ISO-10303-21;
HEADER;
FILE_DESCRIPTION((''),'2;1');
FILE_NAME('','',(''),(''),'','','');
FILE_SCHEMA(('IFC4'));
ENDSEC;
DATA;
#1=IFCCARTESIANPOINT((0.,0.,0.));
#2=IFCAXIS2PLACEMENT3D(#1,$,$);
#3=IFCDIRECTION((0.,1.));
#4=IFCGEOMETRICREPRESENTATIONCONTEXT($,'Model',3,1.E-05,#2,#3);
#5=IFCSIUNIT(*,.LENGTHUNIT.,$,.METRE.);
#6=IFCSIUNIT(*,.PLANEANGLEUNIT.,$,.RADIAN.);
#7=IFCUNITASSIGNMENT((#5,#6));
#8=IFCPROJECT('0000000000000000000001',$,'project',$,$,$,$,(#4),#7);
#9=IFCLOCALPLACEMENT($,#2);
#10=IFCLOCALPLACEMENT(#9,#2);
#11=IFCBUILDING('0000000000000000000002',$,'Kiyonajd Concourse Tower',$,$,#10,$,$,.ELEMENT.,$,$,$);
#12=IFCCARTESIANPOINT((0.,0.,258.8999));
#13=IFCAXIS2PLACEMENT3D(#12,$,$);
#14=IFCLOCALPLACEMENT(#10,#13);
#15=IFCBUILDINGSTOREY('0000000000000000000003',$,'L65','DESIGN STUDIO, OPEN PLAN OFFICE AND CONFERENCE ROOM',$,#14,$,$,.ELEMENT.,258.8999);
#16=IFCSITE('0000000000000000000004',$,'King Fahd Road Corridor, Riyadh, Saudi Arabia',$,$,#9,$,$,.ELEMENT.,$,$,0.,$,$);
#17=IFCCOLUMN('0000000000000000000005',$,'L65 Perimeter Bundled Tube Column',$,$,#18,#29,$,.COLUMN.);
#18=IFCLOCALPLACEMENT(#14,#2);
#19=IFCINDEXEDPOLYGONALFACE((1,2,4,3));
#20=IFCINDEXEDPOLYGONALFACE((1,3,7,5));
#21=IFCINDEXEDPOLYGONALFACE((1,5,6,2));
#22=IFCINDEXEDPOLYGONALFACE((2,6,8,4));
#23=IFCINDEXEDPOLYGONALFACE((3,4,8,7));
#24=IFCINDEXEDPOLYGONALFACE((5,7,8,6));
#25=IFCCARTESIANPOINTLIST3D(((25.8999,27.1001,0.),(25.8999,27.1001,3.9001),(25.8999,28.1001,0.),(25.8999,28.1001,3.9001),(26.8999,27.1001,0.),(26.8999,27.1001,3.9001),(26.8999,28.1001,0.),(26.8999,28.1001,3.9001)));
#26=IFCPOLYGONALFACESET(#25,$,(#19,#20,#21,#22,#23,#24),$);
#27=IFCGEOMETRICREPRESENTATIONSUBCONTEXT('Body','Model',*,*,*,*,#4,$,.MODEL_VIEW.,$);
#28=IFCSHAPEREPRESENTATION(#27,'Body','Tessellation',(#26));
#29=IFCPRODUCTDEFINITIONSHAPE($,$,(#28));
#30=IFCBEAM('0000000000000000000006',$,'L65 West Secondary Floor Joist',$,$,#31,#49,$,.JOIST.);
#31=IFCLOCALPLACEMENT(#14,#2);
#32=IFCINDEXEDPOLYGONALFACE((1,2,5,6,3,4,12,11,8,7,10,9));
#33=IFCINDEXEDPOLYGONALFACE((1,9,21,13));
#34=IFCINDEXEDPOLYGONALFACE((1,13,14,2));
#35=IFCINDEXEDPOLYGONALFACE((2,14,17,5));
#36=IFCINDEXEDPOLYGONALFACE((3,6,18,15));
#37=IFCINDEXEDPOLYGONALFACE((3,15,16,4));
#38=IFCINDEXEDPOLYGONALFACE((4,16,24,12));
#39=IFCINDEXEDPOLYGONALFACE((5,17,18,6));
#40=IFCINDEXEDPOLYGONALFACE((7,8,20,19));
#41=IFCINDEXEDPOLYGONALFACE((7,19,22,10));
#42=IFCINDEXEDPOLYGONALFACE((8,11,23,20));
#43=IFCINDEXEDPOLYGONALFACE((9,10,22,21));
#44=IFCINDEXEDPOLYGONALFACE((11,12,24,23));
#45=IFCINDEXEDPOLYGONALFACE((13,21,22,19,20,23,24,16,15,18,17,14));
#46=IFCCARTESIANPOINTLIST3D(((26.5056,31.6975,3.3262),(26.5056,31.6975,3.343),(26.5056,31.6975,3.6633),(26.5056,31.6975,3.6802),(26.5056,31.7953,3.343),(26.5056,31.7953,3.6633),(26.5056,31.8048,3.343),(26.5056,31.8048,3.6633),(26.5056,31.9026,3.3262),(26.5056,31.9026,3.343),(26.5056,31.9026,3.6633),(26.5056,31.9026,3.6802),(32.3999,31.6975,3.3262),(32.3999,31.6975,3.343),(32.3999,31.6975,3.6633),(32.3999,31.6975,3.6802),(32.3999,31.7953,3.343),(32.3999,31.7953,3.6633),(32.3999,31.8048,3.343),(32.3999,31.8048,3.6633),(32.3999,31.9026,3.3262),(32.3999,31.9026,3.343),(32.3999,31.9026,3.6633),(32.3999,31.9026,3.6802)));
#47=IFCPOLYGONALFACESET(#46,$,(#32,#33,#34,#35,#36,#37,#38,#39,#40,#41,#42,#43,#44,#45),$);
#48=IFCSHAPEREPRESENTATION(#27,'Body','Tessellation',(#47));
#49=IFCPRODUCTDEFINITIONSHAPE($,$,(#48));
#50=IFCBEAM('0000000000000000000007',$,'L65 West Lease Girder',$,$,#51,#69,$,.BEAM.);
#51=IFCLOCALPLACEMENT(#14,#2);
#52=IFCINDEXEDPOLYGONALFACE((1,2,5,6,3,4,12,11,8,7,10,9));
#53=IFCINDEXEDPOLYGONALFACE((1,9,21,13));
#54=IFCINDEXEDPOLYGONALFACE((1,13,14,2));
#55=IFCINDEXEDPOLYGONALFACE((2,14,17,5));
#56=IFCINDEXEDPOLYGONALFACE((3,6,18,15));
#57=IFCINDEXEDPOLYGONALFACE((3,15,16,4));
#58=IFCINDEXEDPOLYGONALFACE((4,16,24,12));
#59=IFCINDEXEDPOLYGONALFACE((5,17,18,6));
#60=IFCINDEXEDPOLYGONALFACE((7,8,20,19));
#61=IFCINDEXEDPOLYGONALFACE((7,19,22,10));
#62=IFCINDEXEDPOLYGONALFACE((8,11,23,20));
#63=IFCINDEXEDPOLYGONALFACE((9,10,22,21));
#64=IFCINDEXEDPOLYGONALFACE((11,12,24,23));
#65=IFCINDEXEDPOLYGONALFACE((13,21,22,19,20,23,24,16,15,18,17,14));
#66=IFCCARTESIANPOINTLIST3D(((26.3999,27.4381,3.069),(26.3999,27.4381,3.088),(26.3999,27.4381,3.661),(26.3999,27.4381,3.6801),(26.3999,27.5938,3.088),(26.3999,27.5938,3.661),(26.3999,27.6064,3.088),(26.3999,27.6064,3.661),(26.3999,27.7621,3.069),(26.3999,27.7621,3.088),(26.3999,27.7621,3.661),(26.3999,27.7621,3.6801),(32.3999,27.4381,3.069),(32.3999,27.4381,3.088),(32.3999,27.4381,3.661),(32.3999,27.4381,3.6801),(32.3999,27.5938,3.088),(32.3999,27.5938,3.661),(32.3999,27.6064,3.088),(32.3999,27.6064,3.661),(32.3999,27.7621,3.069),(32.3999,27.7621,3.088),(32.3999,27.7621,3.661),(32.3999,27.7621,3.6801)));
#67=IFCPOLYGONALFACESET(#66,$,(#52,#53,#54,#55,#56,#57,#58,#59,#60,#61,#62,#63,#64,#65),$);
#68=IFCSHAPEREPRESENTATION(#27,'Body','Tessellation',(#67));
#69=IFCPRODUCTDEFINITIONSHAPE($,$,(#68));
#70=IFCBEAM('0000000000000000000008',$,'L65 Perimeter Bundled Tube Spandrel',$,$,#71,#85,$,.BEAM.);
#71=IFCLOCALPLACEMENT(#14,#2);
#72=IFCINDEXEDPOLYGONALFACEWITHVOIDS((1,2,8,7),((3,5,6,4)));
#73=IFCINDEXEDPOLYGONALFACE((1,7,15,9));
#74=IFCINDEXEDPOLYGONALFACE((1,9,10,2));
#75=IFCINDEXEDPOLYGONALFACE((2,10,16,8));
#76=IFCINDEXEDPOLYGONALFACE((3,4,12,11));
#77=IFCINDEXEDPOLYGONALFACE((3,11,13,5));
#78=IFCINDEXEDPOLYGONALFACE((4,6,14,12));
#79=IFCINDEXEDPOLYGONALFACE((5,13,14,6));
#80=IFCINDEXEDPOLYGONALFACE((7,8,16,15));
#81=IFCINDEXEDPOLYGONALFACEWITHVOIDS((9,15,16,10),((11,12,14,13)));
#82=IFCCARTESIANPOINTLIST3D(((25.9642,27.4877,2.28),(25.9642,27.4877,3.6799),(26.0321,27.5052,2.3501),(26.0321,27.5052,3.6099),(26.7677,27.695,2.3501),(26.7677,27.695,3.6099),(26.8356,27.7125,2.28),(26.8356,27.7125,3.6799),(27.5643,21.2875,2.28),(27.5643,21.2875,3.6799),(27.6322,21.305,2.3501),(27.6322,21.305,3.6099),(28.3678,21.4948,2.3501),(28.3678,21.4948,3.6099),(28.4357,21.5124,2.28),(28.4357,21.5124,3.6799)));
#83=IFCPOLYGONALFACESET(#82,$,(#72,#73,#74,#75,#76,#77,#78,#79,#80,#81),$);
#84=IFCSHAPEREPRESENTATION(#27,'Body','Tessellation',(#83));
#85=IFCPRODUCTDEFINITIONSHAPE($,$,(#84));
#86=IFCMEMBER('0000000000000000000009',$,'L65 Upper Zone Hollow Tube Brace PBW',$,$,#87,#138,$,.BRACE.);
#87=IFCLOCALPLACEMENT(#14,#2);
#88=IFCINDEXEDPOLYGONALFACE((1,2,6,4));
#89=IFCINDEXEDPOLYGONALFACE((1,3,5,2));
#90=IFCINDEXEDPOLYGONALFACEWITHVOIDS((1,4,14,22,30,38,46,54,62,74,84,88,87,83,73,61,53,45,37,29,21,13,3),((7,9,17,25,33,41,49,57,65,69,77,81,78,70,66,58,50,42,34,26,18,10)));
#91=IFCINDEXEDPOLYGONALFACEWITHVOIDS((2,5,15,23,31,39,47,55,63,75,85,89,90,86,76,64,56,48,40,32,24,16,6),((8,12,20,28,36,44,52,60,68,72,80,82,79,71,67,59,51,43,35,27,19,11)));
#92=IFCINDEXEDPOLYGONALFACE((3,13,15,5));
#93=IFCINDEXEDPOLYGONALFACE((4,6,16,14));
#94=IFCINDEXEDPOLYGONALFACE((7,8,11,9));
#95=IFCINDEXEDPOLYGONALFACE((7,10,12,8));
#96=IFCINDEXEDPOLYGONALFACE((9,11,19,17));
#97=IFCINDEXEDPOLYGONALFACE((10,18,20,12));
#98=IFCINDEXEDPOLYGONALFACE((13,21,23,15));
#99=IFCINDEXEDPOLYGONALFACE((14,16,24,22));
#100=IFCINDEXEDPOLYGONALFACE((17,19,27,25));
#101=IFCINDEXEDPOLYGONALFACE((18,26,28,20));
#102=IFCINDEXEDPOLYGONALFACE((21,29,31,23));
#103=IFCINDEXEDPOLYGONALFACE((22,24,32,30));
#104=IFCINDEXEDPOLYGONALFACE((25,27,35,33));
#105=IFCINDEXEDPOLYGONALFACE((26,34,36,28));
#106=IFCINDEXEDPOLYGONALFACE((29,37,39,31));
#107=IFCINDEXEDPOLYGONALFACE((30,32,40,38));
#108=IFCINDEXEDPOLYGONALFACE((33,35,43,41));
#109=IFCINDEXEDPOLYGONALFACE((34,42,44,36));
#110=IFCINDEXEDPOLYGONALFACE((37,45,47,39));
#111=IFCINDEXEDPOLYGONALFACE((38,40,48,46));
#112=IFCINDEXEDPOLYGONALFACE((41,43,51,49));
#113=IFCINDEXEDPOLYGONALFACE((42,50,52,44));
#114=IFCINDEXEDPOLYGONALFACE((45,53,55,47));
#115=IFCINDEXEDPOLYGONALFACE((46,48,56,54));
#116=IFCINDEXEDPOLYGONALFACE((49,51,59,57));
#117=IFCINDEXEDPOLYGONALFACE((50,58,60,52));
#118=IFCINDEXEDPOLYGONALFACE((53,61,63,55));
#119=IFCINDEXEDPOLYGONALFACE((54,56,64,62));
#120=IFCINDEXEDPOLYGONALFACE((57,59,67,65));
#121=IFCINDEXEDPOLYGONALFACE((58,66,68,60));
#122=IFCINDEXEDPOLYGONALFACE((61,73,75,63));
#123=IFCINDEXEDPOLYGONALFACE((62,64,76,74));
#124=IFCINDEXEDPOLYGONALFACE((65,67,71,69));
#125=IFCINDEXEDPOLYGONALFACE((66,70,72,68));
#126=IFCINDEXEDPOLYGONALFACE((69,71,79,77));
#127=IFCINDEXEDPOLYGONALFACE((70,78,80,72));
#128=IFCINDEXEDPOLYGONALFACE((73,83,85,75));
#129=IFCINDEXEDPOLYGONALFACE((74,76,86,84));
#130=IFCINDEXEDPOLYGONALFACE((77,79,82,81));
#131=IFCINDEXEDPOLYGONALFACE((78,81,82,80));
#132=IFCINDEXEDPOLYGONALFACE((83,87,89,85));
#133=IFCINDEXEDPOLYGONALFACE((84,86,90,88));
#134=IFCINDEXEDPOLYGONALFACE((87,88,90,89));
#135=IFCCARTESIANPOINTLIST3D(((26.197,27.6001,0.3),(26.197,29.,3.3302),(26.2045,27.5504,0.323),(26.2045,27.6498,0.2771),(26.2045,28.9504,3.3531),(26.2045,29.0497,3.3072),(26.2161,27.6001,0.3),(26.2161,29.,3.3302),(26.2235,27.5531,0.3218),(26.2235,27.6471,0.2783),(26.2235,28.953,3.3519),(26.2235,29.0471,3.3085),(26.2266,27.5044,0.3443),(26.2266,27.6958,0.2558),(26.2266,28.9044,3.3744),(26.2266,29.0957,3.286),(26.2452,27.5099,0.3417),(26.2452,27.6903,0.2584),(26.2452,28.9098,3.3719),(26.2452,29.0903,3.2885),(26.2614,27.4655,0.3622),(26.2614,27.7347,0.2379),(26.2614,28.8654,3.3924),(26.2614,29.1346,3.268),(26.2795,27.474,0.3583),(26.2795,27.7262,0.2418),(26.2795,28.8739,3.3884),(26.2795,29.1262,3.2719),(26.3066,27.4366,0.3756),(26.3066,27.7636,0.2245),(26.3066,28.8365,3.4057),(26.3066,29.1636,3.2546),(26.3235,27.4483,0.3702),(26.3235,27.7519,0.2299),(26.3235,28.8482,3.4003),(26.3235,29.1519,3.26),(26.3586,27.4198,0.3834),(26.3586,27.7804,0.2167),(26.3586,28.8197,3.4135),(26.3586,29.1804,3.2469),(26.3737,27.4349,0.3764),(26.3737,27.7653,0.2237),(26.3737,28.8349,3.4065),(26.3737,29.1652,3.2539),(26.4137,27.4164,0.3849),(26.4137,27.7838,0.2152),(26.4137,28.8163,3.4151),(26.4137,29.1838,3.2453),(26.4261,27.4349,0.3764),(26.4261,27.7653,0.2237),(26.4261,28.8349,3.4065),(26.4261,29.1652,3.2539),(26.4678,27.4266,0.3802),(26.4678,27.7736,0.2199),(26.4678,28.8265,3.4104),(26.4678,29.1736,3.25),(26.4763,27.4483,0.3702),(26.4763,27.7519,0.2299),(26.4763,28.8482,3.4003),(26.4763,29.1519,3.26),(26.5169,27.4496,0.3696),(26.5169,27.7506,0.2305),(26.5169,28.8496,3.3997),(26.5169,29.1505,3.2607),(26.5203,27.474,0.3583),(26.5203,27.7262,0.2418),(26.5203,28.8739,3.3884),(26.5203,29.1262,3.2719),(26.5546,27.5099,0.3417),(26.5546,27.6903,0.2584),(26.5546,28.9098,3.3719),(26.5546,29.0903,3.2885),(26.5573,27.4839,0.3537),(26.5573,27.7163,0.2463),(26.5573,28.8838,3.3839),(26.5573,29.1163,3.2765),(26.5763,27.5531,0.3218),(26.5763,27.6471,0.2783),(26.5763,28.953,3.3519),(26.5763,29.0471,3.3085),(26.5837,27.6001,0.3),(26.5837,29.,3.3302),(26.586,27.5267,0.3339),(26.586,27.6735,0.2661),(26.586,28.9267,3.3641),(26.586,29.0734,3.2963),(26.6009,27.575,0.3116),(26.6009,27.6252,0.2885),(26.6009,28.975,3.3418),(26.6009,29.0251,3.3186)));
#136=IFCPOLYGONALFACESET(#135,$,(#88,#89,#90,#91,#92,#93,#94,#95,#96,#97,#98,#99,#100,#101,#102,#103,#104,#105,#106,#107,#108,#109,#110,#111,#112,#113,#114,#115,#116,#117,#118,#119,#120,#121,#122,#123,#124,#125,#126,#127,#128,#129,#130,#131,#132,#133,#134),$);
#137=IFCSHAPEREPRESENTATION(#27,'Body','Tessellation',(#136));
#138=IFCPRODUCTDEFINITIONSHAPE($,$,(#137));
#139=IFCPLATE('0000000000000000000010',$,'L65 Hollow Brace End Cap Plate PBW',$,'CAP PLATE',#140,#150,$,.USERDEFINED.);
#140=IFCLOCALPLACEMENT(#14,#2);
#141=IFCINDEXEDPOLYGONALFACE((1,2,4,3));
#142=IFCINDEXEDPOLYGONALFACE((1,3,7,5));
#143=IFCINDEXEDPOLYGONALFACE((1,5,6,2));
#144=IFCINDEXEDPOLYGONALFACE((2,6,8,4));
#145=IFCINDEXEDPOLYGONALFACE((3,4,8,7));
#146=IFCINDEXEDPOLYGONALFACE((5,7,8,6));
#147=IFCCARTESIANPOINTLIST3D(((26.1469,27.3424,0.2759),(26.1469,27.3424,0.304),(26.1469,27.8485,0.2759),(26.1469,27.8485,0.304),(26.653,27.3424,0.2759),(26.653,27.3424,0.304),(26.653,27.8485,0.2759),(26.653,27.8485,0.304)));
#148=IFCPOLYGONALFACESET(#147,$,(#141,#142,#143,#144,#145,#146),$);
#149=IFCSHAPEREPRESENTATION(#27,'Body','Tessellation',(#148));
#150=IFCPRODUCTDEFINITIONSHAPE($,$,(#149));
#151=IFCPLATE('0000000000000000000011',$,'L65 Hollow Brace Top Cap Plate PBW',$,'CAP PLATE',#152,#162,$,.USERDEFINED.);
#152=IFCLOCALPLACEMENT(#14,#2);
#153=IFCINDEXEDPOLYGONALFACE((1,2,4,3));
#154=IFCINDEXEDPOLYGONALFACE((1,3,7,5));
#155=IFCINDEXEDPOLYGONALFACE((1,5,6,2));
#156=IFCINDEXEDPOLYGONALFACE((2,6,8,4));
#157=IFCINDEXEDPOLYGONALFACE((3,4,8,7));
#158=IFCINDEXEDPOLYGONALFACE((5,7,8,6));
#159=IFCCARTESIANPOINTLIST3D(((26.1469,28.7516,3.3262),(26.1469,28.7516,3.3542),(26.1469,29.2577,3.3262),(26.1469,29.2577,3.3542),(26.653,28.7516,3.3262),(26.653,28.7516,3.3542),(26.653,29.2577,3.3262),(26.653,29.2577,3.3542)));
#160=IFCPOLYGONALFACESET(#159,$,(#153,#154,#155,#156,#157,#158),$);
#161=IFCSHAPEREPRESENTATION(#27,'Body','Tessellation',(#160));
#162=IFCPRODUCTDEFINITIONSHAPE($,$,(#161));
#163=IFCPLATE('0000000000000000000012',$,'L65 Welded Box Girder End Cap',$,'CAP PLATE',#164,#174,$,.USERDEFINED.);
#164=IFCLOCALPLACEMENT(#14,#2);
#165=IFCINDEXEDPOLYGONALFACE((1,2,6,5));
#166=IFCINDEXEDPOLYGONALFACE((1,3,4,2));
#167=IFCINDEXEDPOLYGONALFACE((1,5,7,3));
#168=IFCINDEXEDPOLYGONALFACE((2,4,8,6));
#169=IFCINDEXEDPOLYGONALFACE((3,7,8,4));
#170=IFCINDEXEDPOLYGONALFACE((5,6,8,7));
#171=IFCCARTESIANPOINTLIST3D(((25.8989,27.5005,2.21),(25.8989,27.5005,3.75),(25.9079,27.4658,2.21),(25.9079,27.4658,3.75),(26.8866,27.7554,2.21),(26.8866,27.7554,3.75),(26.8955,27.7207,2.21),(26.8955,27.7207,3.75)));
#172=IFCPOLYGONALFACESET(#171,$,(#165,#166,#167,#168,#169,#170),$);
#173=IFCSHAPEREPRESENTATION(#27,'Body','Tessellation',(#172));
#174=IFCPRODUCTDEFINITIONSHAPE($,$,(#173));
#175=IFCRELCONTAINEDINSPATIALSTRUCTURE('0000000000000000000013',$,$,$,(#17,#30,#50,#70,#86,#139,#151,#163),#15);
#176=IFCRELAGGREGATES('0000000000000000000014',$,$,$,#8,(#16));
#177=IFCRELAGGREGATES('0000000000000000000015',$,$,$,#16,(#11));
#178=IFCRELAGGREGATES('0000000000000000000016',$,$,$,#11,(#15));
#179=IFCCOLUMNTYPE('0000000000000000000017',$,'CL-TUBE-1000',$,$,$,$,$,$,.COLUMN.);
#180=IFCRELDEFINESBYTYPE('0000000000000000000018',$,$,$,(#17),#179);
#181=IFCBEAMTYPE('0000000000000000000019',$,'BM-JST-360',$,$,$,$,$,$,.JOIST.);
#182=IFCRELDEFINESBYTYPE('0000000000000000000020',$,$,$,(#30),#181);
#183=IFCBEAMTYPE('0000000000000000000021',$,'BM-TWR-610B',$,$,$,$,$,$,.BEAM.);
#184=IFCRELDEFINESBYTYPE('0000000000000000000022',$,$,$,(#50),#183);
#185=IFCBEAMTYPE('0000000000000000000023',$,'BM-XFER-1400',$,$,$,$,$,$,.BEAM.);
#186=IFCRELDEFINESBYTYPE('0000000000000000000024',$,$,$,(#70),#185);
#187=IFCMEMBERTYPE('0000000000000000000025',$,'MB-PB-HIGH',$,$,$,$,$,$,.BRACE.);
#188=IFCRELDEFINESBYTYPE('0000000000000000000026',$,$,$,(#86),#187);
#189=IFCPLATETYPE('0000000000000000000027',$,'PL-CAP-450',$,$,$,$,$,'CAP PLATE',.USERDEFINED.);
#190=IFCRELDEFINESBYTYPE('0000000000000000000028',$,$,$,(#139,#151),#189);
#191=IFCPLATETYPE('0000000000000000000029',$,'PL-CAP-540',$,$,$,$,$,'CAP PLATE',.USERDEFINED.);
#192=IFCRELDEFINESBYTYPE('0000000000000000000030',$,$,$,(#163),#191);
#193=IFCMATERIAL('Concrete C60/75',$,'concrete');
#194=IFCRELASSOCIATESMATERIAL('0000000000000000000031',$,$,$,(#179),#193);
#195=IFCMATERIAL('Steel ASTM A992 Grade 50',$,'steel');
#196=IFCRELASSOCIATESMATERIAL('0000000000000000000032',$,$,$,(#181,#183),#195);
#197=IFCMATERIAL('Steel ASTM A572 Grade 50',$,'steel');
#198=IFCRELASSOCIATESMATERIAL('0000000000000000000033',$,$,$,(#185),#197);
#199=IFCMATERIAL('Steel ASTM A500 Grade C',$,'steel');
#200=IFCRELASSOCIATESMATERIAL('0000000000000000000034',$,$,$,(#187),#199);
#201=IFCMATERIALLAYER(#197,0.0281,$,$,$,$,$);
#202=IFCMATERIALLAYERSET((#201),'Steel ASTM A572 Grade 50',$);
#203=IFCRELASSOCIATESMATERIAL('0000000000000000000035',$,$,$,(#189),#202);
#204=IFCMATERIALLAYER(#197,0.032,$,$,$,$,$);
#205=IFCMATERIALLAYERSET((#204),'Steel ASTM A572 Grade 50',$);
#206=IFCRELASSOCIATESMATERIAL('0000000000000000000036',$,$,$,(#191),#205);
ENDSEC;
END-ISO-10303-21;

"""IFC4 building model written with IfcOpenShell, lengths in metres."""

from ifc_helpers import new_model, si_unit, direction, frame, origin, origin_2d, place, context, subcontext, project, spatial, rectangle, hollow_rectangle, hollow_circle, i_section, extrude, material, layer, layer_set, material_profile, profile_set, type_object, element, save


model = new_model("IFC4")

# Units and contexts
model_context = context("Model", 3, precision=1e-05, world=origin(), true_north=direction((0.0, 1.0)))
body_context = subcontext(model_context, "Body", "Model", "MODEL_VIEW")
ifc_project = project(units=[si_unit("LENGTHUNIT", "METRE"), si_unit("PLANEANGLEUNIT", "RADIAN")], contexts=[model_context])

# Site, building, storey
site_placement = place(None, origin())
site = spatial("IfcSite", under=ifc_project, at=site_placement, Name="King Fahd Road Corridor, Riyadh, Saudi Arabia", CompositionType="ELEMENT", RefElevation=0.0)
building_placement = place(site_placement, origin())
building = spatial("IfcBuilding", under=site, at=building_placement, Name="Kiyonajd Concourse Tower", CompositionType="ELEMENT")
storey_placement = place(building_placement, frame((0.0, 0.0, 258.8999)))
storey = spatial("IfcBuildingStorey", under=building, at=storey_placement, Name="L65", Description="DESIGN STUDIO, OPEN PLAN OFFICE AND CONFERENCE ROOM", CompositionType="ELEMENT", Elevation=258.8999)

# Column
ifc_material_1 = material(Name="Concrete C60/75", Category="concrete")
ifc_material_profile_1 = material_profile(ifc_material_1, rectangle(XDim=1.0, YDim=1.0, at=origin_2d()), Name="RC-1000x1000")
ifc_profile_set_1 = profile_set([ifc_material_profile_1], Name="Concrete C60/75")
column_type = type_object("IfcColumnType", Name="CL-TUBE-1000", PredefinedType="COLUMN", material=ifc_profile_set_1)
column_placement = place(storey_placement, frame((26.3999, 27.6001, 0.0), z_axis=(0.0, 0.0, 1.0), x_axis=(1.0, 0.0, 0.0)))
element("IfcColumn", 1, at=column_placement, inside=storey, type_object=column_type, Name="L65 Perimeter Bundled Tube Column", PredefinedType="COLUMN", context=body_context, shape_type="SweptSolid", body=[
    extrude(rectangle(XDim=1.0, YDim=1.0, at=origin_2d()), origin(), (0.0, 0.0, 1.0), 3.9001),
])

# Beams
ifc_material_2 = material(Name="Steel ASTM A992 Grade 50", Category="steel")
ifc_material_profile_2 = material_profile(ifc_material_2, i_section(OverallWidth=0.2051, OverallDepth=0.354, WebThickness=0.0095, FlangeThickness=0.0168, at=origin_2d()), Name="W360X79")
ifc_profile_set_2 = profile_set([ifc_material_profile_2], Name="Steel ASTM A992 Grade 50")
beam_type_1 = type_object("IfcBeamType", Name="BM-JST-360", PredefinedType="JOIST", material=ifc_profile_set_2)
beam_1_placement = place(storey_placement, frame((26.5056, 31.8, 3.5032), z_axis=(1.0, 0.0, 0.0), x_axis=(0.0, 1.0, 0.0)))
element("IfcBeam", 2, at=beam_1_placement, inside=storey, type_object=beam_type_1, Name="L65 West Secondary Floor Joist", PredefinedType="JOIST", context=body_context, shape_type="SweptSolid", body=[
    extrude(i_section(OverallWidth=0.2051, OverallDepth=0.354, WebThickness=0.0095, FlangeThickness=0.0168, at=origin_2d()), origin(), (0.0, 0.0, 1.0), 5.8943),
])
ifc_material_profile_3 = material_profile(ifc_material_2, i_section(OverallWidth=0.324, OverallDepth=0.6111, WebThickness=0.0127, FlangeThickness=0.019, at=origin_2d()), Name="W610X155")
ifc_profile_set_3 = profile_set([ifc_material_profile_3], Name="Steel ASTM A992 Grade 50")
beam_type_2 = type_object("IfcBeamType", Name="BM-TWR-610B", PredefinedType="BEAM", material=ifc_profile_set_3)
beam_2_placement = place(storey_placement, frame((26.3999, 27.6001, 3.3745), z_axis=(1.0, 0.0, 0.0), x_axis=(0.0, 1.0, 0.0)))
element("IfcBeam", 3, at=beam_2_placement, inside=storey, type_object=beam_type_2, Name="L65 West Lease Girder", PredefinedType="BEAM", context=body_context, shape_type="SweptSolid", body=[
    extrude(i_section(OverallWidth=0.324, OverallDepth=0.6111, WebThickness=0.0127, FlangeThickness=0.019, at=origin_2d()), origin(), (0.0, 0.0, 1.0), 6.0),
])
ifc_material_3 = material(Name="Steel ASTM A572 Grade 50", Category="steel")
ifc_material_profile_4 = material_profile(ifc_material_3, hollow_rectangle(XDim=0.8999, YDim=1.3999, WallThickness=0.0701, at=origin_2d()), Name="BOX-1400x900x70")
ifc_profile_set_4 = profile_set([ifc_material_profile_4], Name="Steel ASTM A572 Grade 50")
beam_type_3 = type_object("IfcBeamType", Name="BM-XFER-1400", PredefinedType="BEAM", material=ifc_profile_set_4)
beam_3_placement = place(storey_placement, frame((26.3999, 27.6001, 2.98), z_axis=(0.249885, -0.968276, 0.0), x_axis=(0.968276, 0.249885, 0.0)))
element("IfcBeam", 4, at=beam_3_placement, inside=storey, type_object=beam_type_3, Name="L65 Perimeter Bundled Tube Spandrel", PredefinedType="BEAM", context=body_context, shape_type="SweptSolid", body=[
    extrude(hollow_rectangle(XDim=0.8999, YDim=1.3999, WallThickness=0.0701, at=origin_2d()), origin(), (0.0, 0.0, 1.0), 6.4033),
])

# Member
ifc_material_4 = material(Name="Steel ASTM A500 Grade C", Category="steel")
ifc_material_profile_5 = material_profile(ifc_material_4, hollow_circle(Radius=0.2029, WallThickness=0.019, at=origin_2d()), Name="CHS-406x19")
ifc_profile_set_5 = profile_set([ifc_material_profile_5], Name="Steel ASTM A500 Grade C")
member_type = type_object("IfcMemberType", Name="MB-PB-HIGH", PredefinedType="BRACE", material=ifc_profile_set_5)
member_placement = place(storey_placement, frame((26.3999, 27.6001, 0.3), z_axis=(0.0, 0.419411, 0.907797), x_axis=(-1.0, 0.0, 0.0)))
element("IfcMember", 5, at=member_placement, inside=storey, type_object=member_type, Name="L65 Upper Zone Hollow Tube Brace PBW", PredefinedType="BRACE", context=body_context, shape_type="SweptSolid", body=[
    extrude(hollow_circle(Radius=0.2029, WallThickness=0.019, at=origin_2d()), origin(), (0.0, 0.0, 1.0), 3.3379),
])

# Plates
ifc_layer_1 = layer(ifc_material_3, 0.0281)
ifc_layer_set_1 = layer_set([ifc_layer_1], Name="Steel ASTM A572 Grade 50")
plate_type_1 = type_object("IfcPlateType", Name="PL-CAP-450", ElementType="CAP PLATE", PredefinedType="USERDEFINED", material=ifc_layer_set_1)
for number, where, z_axis, x_axis, name in (
    (6, (26.3999, 27.5955, 0.2759), (0.0, 0.0, 1.0), (1.0, 0.0, 0.0), "L65 Hollow Brace End Cap Plate PBW"),
    (7, (26.3999, 29.0046, 3.3262), (0.0, 0.0, 1.0), (1.0, 0.0, 0.0), "L65 Hollow Brace Top Cap Plate PBW"),
):
    element("IfcPlate", number, at=place(storey_placement, frame(where, z_axis=z_axis, x_axis=x_axis)), inside=storey, type_object=plate_type_1, Name=name, ObjectType="CAP PLATE", PredefinedType="USERDEFINED", context=body_context, shape_type="SweptSolid", body=[
        extrude(rectangle(XDim=0.5061, YDim=0.5061, at=origin_2d()), origin(), (0.0, 0.0, 1.0), 0.0281),
    ])
ifc_layer_2 = layer(ifc_material_3, 0.032)
ifc_layer_set_2 = layer_set([ifc_layer_2], Name="Steel ASTM A572 Grade 50")
plate_type_2 = type_object("IfcPlateType", Name="PL-CAP-540", ElementType="CAP PLATE", PredefinedType="USERDEFINED", material=ifc_layer_set_2)
plate_placement = place(storey_placement, frame((26.3972, 27.6106, 2.21), z_axis=(0.0, 0.0, 1.0), x_axis=(-0.249873, 0.968279, 0.0)))
element("IfcPlate", 8, at=plate_placement, inside=storey, type_object=plate_type_2, Name="L65 Welded Box Girder End Cap", ObjectType="CAP PLATE", PredefinedType="USERDEFINED", context=body_context, shape_type="SweptSolid", body=[
    extrude(rectangle(XDim=0.0359, YDim=1.02, at=origin_2d()), origin(), (0.0, 0.0, 1.0), 1.54),
])

save(model, "model.ifc")
